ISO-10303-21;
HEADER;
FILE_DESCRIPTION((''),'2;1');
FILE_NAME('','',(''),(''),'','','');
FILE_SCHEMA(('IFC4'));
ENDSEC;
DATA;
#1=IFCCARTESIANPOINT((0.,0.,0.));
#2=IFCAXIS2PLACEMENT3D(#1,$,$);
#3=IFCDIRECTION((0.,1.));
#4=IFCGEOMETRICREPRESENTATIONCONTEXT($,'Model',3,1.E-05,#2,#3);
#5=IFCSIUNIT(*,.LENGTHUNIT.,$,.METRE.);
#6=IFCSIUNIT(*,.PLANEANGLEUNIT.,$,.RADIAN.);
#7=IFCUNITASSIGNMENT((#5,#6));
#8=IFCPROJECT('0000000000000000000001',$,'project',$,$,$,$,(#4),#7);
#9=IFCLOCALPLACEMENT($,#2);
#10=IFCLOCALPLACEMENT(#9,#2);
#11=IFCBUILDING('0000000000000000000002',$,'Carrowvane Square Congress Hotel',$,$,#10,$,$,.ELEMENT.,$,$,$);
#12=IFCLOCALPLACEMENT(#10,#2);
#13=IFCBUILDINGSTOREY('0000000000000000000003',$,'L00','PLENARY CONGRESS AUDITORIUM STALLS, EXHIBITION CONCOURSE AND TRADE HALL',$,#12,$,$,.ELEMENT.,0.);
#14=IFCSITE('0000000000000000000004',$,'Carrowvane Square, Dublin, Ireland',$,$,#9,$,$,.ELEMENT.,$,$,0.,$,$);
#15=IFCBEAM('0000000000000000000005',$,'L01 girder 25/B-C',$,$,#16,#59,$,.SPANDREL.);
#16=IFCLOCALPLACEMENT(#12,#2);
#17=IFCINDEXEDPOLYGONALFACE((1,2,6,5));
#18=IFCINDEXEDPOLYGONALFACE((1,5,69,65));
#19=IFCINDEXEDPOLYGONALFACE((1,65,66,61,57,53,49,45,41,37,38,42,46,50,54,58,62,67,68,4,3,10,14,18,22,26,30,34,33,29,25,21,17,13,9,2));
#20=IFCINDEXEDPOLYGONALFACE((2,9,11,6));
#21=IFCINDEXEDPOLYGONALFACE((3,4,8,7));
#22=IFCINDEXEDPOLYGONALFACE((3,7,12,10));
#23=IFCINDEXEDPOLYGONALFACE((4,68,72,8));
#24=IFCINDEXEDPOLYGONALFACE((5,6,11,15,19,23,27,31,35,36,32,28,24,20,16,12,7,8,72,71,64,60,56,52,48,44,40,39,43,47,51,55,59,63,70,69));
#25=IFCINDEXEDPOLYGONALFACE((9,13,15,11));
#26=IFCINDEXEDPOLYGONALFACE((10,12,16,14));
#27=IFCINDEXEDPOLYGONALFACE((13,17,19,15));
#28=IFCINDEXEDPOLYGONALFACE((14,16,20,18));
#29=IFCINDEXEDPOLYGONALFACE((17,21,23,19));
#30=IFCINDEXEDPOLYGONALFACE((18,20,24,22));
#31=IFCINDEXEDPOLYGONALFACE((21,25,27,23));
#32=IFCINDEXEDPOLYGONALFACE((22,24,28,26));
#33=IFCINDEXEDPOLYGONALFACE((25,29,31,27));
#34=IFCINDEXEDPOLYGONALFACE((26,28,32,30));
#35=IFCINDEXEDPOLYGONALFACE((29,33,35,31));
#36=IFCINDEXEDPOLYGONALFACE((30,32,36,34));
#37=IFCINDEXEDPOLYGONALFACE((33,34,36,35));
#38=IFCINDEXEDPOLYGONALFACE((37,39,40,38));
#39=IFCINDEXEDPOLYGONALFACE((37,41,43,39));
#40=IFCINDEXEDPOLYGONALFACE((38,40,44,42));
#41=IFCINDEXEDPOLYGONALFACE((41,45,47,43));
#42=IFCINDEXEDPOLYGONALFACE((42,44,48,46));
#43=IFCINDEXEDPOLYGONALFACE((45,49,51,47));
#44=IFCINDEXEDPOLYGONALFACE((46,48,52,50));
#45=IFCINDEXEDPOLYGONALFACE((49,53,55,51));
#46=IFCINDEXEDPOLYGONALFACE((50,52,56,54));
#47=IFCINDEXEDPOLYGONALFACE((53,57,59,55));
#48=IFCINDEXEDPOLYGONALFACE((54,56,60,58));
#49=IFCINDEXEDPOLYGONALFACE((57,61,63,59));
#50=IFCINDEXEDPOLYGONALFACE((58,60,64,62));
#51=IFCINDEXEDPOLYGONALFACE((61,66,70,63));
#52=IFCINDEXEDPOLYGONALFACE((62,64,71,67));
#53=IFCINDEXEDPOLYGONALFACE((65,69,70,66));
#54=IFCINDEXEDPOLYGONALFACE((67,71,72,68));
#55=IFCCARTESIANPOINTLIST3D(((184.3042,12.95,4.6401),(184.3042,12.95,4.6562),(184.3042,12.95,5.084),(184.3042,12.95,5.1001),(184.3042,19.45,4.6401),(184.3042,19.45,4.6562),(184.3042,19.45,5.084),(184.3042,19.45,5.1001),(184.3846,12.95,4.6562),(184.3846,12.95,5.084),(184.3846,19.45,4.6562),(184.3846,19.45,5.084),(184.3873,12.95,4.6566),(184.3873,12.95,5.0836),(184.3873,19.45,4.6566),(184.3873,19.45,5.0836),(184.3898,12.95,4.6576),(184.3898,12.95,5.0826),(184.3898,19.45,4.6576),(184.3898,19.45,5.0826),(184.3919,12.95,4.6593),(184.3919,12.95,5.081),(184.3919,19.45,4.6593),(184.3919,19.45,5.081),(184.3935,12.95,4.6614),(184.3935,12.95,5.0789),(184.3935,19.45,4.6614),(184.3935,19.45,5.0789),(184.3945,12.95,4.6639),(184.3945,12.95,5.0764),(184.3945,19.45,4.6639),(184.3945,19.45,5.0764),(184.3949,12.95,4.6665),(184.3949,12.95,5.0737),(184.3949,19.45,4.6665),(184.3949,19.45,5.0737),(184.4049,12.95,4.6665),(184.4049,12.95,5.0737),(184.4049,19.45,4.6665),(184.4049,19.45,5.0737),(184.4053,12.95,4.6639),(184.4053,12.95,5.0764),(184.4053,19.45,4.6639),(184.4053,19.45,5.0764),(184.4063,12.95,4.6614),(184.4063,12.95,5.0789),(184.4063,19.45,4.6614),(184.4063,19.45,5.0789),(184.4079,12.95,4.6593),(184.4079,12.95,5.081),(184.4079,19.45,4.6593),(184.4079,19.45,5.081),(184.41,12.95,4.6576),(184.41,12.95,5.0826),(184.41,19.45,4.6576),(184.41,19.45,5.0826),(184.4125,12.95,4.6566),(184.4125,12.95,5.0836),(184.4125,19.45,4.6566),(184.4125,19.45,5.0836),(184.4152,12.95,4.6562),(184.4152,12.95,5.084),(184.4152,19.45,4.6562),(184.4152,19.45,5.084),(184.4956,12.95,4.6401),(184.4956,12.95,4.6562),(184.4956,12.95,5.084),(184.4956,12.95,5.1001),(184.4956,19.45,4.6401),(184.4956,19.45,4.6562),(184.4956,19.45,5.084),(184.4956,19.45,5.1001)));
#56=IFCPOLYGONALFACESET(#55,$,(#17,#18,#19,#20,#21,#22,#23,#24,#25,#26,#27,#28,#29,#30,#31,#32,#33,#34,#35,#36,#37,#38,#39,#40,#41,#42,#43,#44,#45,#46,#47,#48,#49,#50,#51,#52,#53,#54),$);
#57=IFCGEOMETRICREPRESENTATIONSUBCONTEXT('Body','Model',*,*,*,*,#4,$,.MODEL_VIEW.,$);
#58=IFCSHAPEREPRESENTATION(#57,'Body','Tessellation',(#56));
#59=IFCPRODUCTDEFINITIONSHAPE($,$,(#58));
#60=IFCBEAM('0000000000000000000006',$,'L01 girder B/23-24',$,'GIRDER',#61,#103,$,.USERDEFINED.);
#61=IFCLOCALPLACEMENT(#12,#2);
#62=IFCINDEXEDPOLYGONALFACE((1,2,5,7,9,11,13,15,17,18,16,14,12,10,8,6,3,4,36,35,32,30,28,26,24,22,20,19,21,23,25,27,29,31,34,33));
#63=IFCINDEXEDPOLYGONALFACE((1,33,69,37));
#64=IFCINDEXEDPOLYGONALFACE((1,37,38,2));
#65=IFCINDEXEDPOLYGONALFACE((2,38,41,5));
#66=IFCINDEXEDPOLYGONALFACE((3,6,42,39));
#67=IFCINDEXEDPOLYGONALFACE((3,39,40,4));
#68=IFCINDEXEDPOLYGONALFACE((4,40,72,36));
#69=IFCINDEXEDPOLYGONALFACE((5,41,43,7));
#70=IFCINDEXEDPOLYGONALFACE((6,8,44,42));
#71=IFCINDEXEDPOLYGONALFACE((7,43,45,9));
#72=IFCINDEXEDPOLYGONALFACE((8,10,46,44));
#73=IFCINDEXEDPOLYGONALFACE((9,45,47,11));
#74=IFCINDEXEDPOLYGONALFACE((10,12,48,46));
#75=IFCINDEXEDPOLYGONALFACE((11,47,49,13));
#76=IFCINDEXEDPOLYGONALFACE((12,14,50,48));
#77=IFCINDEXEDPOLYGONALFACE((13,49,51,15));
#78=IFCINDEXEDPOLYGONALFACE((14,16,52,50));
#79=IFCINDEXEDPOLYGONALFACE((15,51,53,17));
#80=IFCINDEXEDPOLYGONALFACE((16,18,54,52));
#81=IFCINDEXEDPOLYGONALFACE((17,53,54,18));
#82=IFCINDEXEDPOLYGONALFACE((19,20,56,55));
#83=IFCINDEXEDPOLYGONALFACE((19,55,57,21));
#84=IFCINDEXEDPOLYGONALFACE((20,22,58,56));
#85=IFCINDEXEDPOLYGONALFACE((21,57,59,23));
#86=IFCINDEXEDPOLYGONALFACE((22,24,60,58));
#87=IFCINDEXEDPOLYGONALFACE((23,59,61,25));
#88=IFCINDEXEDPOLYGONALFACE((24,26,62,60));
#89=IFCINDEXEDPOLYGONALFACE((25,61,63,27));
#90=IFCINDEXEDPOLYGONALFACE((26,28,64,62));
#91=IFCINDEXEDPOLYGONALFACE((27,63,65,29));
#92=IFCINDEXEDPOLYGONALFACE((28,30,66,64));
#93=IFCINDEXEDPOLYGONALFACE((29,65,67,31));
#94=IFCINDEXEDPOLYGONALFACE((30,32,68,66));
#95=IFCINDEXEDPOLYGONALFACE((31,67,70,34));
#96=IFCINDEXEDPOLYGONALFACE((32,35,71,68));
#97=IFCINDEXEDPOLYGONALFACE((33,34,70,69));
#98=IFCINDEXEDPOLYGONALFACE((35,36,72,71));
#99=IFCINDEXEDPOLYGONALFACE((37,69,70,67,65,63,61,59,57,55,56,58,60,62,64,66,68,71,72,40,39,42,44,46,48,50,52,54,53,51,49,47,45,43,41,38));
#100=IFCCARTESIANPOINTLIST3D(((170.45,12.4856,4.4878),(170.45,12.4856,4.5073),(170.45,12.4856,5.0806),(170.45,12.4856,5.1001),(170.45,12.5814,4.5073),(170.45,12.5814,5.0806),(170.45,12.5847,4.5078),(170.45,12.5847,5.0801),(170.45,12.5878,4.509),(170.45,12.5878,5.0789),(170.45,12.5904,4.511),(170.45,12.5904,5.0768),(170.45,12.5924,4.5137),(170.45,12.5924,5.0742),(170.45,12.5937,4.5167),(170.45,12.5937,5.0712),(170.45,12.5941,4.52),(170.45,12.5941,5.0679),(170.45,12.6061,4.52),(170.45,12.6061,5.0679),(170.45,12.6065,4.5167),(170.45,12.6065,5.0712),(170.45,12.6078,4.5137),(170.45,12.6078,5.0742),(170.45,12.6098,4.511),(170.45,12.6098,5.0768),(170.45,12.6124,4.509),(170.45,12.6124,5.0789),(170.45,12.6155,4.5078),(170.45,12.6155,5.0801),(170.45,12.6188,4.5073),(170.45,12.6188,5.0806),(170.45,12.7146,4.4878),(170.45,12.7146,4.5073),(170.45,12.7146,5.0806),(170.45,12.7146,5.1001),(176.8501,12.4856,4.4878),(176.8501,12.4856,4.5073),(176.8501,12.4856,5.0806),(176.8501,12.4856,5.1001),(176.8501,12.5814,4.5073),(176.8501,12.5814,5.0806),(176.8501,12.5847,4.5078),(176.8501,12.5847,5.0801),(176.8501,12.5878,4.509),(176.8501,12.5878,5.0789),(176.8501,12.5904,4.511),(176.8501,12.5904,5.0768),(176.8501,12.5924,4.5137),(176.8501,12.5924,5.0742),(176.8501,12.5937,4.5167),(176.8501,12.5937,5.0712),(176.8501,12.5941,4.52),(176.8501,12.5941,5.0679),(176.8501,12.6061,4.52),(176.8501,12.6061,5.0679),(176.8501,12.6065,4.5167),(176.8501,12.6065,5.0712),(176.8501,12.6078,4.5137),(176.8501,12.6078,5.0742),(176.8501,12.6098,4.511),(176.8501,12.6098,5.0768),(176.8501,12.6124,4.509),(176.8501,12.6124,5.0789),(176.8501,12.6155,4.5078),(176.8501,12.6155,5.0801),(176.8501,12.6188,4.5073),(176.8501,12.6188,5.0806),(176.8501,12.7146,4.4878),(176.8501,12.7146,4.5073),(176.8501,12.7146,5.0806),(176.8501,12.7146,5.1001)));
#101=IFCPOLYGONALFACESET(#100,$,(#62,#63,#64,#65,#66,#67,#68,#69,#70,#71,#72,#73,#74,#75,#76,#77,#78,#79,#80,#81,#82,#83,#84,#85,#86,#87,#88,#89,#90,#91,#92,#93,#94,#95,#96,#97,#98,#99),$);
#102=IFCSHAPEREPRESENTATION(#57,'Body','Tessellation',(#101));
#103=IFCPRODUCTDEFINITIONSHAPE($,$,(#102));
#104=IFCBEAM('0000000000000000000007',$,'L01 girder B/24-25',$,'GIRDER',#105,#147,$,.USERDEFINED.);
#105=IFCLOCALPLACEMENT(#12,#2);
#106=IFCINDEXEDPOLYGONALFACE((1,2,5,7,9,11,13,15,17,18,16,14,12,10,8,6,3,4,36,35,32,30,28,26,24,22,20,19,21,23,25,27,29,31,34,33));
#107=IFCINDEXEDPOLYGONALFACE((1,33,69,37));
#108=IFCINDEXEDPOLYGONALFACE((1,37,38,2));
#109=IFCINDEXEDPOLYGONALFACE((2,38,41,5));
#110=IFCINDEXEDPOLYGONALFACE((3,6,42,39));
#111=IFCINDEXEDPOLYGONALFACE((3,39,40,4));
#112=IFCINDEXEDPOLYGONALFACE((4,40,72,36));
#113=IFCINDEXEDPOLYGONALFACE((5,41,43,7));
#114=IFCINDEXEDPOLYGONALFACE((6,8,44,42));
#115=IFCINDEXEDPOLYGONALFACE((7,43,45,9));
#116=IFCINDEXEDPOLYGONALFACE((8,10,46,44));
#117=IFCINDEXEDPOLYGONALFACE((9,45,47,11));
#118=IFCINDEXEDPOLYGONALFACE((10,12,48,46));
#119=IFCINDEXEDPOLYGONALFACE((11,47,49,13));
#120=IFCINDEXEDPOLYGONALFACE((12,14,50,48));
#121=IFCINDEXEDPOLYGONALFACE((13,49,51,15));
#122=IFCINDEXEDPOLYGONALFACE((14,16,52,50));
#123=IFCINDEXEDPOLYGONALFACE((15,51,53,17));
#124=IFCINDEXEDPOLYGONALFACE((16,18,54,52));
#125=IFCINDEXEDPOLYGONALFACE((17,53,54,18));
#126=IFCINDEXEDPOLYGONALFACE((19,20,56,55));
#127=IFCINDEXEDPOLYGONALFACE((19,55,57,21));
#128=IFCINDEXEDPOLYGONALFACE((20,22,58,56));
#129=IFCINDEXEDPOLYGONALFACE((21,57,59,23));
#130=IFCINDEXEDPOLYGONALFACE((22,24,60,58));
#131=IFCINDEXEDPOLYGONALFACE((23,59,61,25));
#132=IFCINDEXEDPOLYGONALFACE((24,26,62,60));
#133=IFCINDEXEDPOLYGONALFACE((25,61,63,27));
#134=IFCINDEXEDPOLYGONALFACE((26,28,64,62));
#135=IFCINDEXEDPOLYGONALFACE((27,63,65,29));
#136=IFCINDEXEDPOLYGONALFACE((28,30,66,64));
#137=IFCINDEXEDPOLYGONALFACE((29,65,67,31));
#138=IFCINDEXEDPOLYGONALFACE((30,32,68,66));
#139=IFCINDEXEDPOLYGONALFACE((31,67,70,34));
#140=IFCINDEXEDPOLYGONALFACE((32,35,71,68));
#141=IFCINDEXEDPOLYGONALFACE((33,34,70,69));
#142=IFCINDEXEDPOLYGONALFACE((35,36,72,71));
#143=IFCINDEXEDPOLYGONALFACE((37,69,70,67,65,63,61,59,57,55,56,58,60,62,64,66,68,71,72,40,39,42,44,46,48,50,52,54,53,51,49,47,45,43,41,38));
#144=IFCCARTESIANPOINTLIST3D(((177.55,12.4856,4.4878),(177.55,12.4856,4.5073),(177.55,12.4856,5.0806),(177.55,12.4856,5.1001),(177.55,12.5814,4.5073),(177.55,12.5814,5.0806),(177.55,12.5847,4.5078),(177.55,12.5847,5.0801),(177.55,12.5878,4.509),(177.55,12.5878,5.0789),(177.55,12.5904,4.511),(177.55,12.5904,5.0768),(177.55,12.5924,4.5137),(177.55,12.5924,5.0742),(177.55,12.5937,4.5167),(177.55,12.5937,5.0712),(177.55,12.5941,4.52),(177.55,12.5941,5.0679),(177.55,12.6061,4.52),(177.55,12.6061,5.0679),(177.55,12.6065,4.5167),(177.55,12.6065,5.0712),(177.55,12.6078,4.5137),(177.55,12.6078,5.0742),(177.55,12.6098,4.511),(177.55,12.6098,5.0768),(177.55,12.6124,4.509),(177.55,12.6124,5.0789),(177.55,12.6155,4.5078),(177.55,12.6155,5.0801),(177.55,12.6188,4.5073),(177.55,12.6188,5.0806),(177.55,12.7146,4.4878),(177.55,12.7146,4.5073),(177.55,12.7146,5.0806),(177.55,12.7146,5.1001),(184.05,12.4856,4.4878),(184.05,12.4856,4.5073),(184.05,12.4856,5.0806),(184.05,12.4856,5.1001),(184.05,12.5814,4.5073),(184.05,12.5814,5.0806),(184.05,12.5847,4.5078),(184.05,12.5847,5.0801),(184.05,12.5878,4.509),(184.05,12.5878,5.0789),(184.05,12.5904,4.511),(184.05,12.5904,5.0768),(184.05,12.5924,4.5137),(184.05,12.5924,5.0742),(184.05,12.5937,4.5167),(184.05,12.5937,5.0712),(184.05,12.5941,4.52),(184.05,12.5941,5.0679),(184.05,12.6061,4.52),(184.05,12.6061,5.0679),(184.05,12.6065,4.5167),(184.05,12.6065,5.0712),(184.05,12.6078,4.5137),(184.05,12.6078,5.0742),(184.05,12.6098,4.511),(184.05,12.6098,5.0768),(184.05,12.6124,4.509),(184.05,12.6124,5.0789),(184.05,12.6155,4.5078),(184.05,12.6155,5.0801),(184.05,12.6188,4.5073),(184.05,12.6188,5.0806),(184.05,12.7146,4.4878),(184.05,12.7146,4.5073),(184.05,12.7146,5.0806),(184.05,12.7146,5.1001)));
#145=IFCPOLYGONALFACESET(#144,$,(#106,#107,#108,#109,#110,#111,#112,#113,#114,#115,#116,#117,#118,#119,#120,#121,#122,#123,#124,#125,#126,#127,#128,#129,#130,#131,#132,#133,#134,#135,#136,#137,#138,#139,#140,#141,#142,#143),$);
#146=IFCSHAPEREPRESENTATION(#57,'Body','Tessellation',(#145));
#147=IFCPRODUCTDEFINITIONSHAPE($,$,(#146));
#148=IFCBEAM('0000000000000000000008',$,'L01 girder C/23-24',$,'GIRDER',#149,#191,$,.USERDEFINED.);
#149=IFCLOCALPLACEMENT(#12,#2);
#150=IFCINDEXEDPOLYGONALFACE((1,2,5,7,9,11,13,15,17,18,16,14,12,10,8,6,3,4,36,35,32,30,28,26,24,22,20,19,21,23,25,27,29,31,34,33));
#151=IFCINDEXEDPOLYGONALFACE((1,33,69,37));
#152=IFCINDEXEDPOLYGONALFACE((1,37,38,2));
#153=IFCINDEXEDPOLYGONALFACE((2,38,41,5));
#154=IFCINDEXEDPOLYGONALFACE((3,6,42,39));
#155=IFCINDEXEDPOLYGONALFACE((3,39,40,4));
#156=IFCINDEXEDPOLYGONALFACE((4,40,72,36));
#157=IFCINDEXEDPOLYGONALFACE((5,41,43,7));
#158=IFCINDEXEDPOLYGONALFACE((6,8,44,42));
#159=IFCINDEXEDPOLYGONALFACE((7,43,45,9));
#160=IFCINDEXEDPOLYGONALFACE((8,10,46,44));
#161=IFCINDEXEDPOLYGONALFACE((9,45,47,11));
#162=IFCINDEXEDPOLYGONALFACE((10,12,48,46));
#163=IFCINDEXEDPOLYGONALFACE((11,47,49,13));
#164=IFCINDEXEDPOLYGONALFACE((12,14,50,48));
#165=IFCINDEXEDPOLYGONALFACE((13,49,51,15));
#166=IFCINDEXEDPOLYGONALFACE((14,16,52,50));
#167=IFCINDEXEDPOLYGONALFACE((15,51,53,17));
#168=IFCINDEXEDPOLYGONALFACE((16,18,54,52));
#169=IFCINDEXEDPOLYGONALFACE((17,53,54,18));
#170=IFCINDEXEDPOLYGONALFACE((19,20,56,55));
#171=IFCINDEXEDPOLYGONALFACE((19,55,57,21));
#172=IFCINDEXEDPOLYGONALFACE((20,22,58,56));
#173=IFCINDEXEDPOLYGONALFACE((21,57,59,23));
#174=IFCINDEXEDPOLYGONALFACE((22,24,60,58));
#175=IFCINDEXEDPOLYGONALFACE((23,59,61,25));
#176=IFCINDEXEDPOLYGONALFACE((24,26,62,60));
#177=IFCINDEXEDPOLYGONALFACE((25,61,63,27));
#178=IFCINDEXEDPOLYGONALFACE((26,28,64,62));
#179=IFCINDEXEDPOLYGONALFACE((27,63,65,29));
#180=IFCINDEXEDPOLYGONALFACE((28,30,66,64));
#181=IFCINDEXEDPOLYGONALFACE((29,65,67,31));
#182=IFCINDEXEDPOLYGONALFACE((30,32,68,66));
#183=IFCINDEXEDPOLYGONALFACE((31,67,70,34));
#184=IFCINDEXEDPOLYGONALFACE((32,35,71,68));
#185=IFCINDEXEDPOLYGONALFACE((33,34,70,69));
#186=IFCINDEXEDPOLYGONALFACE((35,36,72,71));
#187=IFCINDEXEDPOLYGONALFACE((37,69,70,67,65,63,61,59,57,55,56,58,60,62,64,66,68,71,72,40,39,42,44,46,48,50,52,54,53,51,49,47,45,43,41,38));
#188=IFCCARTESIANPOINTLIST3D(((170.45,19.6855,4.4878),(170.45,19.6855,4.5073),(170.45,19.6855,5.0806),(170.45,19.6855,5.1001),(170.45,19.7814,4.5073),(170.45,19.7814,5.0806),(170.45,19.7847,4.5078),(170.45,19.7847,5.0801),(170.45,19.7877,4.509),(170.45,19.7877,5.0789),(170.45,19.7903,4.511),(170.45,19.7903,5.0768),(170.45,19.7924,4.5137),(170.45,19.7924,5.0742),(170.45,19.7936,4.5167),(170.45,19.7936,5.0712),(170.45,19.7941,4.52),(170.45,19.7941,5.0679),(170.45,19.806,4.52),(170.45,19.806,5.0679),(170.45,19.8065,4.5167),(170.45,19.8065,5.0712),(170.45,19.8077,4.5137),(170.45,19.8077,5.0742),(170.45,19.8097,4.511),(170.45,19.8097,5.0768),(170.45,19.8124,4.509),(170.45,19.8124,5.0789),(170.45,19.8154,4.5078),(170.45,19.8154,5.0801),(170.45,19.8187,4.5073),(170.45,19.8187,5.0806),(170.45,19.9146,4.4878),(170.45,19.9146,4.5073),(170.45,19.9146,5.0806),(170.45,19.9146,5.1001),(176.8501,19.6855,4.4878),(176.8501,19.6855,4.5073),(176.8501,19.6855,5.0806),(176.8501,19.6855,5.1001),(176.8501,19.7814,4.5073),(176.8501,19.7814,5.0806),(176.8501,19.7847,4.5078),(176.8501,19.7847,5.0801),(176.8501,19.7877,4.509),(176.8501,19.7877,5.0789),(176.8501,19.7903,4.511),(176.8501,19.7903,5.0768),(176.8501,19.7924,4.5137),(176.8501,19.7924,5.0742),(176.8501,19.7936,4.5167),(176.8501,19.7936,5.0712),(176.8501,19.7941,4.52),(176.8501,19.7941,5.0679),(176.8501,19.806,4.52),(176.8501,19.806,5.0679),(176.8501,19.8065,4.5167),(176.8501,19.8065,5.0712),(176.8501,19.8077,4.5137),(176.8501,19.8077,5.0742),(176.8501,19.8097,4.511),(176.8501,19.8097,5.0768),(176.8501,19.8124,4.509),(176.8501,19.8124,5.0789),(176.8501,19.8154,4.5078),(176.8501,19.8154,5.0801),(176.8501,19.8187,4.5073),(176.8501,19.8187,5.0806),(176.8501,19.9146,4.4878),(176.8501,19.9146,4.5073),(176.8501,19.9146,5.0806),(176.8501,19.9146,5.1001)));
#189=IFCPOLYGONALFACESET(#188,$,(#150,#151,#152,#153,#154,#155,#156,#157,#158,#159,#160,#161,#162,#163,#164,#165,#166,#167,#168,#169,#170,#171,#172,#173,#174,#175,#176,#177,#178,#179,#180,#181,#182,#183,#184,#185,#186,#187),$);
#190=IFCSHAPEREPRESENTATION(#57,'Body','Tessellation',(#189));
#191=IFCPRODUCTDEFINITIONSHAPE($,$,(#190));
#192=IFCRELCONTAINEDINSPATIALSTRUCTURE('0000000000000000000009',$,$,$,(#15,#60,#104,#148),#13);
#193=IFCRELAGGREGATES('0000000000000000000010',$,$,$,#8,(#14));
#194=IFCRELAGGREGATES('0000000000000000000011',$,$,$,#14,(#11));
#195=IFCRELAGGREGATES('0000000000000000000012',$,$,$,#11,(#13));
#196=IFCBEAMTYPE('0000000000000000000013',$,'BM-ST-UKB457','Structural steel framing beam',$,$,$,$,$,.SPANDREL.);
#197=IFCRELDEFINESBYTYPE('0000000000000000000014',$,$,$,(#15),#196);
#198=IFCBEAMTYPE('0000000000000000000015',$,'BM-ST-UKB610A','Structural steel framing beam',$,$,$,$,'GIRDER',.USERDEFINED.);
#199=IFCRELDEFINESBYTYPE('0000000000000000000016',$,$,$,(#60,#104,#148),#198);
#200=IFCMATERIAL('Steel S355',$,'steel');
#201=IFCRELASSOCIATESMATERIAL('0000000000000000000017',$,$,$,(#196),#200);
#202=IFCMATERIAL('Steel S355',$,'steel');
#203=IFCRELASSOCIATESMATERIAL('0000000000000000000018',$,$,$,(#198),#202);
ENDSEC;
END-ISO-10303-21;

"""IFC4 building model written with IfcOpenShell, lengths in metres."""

from ifc_helpers import new_model, si_unit, direction, frame, origin, origin_2d, place, context, subcontext, project, spatial, i_section, extrude, material, material_profile, profile_set, type_object, element, save


model = new_model("IFC4")

# Units and contexts
model_context = context("Model", 3, precision=1e-05, world=origin(), true_north=direction((0.0, 1.0)))
body_context = subcontext(model_context, "Body", "Model", "MODEL_VIEW")
ifc_project = project(units=[si_unit("LENGTHUNIT", "METRE"), si_unit("PLANEANGLEUNIT", "RADIAN")], contexts=[model_context])

# Site, building, storey
site_placement = place(None, origin())
site = spatial("IfcSite", under=ifc_project, at=site_placement, Name="Carrowvane Square, Dublin, Ireland", CompositionType="ELEMENT", RefElevation=0.0)
building_placement = place(site_placement, origin())
building = spatial("IfcBuilding", under=site, at=building_placement, Name="Carrowvane Square Congress Hotel", CompositionType="ELEMENT")
storey_placement = place(building_placement, origin())
storey = spatial("IfcBuildingStorey", under=building, at=storey_placement, Name="L00", Description="PLENARY CONGRESS AUDITORIUM STALLS, EXHIBITION CONCOURSE AND TRADE HALL", CompositionType="ELEMENT", Elevation=0.0)

# Beams
ifc_material_1 = material(Name="Steel S355", Category="steel")
ifc_material_profile_1 = material_profile(ifc_material_1, i_section(OverallWidth=0.1914, OverallDepth=0.46, WebThickness=0.01, FlangeThickness=0.0161, FilletRadius=0.0103, at=origin_2d()), Name="UKB 457x191x82")
ifc_profile_set_1 = profile_set([ifc_material_profile_1], Name="Steel S355")
beam_type_1 = type_object("IfcBeamType", Name="BM-ST-UKB457", Description="Structural steel framing beam", PredefinedType="SPANDREL", material=ifc_profile_set_1)
beam_1_placement = place(storey_placement, frame((184.3999, 12.95, 4.8701), z_axis=(0.0, 1.0, 0.0), x_axis=(-1.0, 0.0, 0.0)))
element("IfcBeam", 1, at=beam_1_placement, inside=storey, type_object=beam_type_1, Name="L01 girder 25/B-C", PredefinedType="SPANDREL", context=body_context, shape_type="SweptSolid", body=[
    extrude(i_section(OverallWidth=0.1914, OverallDepth=0.46, WebThickness=0.01, FlangeThickness=0.0161, FilletRadius=0.0103, at=origin_2d()), origin(), (0.0, 0.0, 1.0), 6.5),
])
ifc_material_2 = material(Name="Steel S355", Category="steel")
ifc_material_profile_2 = material_profile(ifc_material_2, i_section(OverallWidth=0.229, OverallDepth=0.6123, WebThickness=0.012, FlangeThickness=0.0195, FilletRadius=0.0127, at=origin_2d()), Name="UKB 610x229x125")
ifc_profile_set_2 = profile_set([ifc_material_profile_2], Name="Steel S355")
beam_type_2 = type_object("IfcBeamType", Name="BM-ST-UKB610A", Description="Structural steel framing beam", ElementType="GIRDER", PredefinedType="USERDEFINED", material=ifc_profile_set_2)
beam_2_placement = place(storey_placement, frame((170.45, 12.6001, 4.7939), z_axis=(1.0, 0.0, 0.0), x_axis=(0.0, 1.0, 0.0)))
element("IfcBeam", 2, at=beam_2_placement, inside=storey, type_object=beam_type_2, Name="L01 girder B/23-24", ObjectType="GIRDER", PredefinedType="USERDEFINED", context=body_context, shape_type="SweptSolid", body=[
    extrude(i_section(OverallWidth=0.229, OverallDepth=0.6123, WebThickness=0.012, FlangeThickness=0.0195, FilletRadius=0.0127, at=origin_2d()), origin(), (0.0, 0.0, 1.0), 6.4001),
])
beam_3_placement = place(storey_placement, frame((177.55, 12.6001, 4.7939), z_axis=(1.0, 0.0, 0.0), x_axis=(0.0, 1.0, 0.0)))
element("IfcBeam", 3, at=beam_3_placement, inside=storey, type_object=beam_type_2, Name="L01 girder B/24-25", ObjectType="GIRDER", PredefinedType="USERDEFINED", context=body_context, shape_type="SweptSolid", body=[
    extrude(i_section(OverallWidth=0.229, OverallDepth=0.6123, WebThickness=0.012, FlangeThickness=0.0195, FilletRadius=0.0127, at=origin_2d()), origin(), (0.0, 0.0, 1.0), 6.5),
])
beam_4_placement = place(storey_placement, frame((170.45, 19.8, 4.7939), z_axis=(1.0, 0.0, 0.0), x_axis=(0.0, 1.0, 0.0)))
element("IfcBeam", 4, at=beam_4_placement, inside=storey, type_object=beam_type_2, Name="L01 girder C/23-24", ObjectType="GIRDER", PredefinedType="USERDEFINED", context=body_context, shape_type="SweptSolid", body=[
    extrude(i_section(OverallWidth=0.229, OverallDepth=0.6123, WebThickness=0.012, FlangeThickness=0.0195, FilletRadius=0.0127, at=origin_2d()), origin(), (0.0, 0.0, 1.0), 6.4001),
])

save(model, "model.ifc")
